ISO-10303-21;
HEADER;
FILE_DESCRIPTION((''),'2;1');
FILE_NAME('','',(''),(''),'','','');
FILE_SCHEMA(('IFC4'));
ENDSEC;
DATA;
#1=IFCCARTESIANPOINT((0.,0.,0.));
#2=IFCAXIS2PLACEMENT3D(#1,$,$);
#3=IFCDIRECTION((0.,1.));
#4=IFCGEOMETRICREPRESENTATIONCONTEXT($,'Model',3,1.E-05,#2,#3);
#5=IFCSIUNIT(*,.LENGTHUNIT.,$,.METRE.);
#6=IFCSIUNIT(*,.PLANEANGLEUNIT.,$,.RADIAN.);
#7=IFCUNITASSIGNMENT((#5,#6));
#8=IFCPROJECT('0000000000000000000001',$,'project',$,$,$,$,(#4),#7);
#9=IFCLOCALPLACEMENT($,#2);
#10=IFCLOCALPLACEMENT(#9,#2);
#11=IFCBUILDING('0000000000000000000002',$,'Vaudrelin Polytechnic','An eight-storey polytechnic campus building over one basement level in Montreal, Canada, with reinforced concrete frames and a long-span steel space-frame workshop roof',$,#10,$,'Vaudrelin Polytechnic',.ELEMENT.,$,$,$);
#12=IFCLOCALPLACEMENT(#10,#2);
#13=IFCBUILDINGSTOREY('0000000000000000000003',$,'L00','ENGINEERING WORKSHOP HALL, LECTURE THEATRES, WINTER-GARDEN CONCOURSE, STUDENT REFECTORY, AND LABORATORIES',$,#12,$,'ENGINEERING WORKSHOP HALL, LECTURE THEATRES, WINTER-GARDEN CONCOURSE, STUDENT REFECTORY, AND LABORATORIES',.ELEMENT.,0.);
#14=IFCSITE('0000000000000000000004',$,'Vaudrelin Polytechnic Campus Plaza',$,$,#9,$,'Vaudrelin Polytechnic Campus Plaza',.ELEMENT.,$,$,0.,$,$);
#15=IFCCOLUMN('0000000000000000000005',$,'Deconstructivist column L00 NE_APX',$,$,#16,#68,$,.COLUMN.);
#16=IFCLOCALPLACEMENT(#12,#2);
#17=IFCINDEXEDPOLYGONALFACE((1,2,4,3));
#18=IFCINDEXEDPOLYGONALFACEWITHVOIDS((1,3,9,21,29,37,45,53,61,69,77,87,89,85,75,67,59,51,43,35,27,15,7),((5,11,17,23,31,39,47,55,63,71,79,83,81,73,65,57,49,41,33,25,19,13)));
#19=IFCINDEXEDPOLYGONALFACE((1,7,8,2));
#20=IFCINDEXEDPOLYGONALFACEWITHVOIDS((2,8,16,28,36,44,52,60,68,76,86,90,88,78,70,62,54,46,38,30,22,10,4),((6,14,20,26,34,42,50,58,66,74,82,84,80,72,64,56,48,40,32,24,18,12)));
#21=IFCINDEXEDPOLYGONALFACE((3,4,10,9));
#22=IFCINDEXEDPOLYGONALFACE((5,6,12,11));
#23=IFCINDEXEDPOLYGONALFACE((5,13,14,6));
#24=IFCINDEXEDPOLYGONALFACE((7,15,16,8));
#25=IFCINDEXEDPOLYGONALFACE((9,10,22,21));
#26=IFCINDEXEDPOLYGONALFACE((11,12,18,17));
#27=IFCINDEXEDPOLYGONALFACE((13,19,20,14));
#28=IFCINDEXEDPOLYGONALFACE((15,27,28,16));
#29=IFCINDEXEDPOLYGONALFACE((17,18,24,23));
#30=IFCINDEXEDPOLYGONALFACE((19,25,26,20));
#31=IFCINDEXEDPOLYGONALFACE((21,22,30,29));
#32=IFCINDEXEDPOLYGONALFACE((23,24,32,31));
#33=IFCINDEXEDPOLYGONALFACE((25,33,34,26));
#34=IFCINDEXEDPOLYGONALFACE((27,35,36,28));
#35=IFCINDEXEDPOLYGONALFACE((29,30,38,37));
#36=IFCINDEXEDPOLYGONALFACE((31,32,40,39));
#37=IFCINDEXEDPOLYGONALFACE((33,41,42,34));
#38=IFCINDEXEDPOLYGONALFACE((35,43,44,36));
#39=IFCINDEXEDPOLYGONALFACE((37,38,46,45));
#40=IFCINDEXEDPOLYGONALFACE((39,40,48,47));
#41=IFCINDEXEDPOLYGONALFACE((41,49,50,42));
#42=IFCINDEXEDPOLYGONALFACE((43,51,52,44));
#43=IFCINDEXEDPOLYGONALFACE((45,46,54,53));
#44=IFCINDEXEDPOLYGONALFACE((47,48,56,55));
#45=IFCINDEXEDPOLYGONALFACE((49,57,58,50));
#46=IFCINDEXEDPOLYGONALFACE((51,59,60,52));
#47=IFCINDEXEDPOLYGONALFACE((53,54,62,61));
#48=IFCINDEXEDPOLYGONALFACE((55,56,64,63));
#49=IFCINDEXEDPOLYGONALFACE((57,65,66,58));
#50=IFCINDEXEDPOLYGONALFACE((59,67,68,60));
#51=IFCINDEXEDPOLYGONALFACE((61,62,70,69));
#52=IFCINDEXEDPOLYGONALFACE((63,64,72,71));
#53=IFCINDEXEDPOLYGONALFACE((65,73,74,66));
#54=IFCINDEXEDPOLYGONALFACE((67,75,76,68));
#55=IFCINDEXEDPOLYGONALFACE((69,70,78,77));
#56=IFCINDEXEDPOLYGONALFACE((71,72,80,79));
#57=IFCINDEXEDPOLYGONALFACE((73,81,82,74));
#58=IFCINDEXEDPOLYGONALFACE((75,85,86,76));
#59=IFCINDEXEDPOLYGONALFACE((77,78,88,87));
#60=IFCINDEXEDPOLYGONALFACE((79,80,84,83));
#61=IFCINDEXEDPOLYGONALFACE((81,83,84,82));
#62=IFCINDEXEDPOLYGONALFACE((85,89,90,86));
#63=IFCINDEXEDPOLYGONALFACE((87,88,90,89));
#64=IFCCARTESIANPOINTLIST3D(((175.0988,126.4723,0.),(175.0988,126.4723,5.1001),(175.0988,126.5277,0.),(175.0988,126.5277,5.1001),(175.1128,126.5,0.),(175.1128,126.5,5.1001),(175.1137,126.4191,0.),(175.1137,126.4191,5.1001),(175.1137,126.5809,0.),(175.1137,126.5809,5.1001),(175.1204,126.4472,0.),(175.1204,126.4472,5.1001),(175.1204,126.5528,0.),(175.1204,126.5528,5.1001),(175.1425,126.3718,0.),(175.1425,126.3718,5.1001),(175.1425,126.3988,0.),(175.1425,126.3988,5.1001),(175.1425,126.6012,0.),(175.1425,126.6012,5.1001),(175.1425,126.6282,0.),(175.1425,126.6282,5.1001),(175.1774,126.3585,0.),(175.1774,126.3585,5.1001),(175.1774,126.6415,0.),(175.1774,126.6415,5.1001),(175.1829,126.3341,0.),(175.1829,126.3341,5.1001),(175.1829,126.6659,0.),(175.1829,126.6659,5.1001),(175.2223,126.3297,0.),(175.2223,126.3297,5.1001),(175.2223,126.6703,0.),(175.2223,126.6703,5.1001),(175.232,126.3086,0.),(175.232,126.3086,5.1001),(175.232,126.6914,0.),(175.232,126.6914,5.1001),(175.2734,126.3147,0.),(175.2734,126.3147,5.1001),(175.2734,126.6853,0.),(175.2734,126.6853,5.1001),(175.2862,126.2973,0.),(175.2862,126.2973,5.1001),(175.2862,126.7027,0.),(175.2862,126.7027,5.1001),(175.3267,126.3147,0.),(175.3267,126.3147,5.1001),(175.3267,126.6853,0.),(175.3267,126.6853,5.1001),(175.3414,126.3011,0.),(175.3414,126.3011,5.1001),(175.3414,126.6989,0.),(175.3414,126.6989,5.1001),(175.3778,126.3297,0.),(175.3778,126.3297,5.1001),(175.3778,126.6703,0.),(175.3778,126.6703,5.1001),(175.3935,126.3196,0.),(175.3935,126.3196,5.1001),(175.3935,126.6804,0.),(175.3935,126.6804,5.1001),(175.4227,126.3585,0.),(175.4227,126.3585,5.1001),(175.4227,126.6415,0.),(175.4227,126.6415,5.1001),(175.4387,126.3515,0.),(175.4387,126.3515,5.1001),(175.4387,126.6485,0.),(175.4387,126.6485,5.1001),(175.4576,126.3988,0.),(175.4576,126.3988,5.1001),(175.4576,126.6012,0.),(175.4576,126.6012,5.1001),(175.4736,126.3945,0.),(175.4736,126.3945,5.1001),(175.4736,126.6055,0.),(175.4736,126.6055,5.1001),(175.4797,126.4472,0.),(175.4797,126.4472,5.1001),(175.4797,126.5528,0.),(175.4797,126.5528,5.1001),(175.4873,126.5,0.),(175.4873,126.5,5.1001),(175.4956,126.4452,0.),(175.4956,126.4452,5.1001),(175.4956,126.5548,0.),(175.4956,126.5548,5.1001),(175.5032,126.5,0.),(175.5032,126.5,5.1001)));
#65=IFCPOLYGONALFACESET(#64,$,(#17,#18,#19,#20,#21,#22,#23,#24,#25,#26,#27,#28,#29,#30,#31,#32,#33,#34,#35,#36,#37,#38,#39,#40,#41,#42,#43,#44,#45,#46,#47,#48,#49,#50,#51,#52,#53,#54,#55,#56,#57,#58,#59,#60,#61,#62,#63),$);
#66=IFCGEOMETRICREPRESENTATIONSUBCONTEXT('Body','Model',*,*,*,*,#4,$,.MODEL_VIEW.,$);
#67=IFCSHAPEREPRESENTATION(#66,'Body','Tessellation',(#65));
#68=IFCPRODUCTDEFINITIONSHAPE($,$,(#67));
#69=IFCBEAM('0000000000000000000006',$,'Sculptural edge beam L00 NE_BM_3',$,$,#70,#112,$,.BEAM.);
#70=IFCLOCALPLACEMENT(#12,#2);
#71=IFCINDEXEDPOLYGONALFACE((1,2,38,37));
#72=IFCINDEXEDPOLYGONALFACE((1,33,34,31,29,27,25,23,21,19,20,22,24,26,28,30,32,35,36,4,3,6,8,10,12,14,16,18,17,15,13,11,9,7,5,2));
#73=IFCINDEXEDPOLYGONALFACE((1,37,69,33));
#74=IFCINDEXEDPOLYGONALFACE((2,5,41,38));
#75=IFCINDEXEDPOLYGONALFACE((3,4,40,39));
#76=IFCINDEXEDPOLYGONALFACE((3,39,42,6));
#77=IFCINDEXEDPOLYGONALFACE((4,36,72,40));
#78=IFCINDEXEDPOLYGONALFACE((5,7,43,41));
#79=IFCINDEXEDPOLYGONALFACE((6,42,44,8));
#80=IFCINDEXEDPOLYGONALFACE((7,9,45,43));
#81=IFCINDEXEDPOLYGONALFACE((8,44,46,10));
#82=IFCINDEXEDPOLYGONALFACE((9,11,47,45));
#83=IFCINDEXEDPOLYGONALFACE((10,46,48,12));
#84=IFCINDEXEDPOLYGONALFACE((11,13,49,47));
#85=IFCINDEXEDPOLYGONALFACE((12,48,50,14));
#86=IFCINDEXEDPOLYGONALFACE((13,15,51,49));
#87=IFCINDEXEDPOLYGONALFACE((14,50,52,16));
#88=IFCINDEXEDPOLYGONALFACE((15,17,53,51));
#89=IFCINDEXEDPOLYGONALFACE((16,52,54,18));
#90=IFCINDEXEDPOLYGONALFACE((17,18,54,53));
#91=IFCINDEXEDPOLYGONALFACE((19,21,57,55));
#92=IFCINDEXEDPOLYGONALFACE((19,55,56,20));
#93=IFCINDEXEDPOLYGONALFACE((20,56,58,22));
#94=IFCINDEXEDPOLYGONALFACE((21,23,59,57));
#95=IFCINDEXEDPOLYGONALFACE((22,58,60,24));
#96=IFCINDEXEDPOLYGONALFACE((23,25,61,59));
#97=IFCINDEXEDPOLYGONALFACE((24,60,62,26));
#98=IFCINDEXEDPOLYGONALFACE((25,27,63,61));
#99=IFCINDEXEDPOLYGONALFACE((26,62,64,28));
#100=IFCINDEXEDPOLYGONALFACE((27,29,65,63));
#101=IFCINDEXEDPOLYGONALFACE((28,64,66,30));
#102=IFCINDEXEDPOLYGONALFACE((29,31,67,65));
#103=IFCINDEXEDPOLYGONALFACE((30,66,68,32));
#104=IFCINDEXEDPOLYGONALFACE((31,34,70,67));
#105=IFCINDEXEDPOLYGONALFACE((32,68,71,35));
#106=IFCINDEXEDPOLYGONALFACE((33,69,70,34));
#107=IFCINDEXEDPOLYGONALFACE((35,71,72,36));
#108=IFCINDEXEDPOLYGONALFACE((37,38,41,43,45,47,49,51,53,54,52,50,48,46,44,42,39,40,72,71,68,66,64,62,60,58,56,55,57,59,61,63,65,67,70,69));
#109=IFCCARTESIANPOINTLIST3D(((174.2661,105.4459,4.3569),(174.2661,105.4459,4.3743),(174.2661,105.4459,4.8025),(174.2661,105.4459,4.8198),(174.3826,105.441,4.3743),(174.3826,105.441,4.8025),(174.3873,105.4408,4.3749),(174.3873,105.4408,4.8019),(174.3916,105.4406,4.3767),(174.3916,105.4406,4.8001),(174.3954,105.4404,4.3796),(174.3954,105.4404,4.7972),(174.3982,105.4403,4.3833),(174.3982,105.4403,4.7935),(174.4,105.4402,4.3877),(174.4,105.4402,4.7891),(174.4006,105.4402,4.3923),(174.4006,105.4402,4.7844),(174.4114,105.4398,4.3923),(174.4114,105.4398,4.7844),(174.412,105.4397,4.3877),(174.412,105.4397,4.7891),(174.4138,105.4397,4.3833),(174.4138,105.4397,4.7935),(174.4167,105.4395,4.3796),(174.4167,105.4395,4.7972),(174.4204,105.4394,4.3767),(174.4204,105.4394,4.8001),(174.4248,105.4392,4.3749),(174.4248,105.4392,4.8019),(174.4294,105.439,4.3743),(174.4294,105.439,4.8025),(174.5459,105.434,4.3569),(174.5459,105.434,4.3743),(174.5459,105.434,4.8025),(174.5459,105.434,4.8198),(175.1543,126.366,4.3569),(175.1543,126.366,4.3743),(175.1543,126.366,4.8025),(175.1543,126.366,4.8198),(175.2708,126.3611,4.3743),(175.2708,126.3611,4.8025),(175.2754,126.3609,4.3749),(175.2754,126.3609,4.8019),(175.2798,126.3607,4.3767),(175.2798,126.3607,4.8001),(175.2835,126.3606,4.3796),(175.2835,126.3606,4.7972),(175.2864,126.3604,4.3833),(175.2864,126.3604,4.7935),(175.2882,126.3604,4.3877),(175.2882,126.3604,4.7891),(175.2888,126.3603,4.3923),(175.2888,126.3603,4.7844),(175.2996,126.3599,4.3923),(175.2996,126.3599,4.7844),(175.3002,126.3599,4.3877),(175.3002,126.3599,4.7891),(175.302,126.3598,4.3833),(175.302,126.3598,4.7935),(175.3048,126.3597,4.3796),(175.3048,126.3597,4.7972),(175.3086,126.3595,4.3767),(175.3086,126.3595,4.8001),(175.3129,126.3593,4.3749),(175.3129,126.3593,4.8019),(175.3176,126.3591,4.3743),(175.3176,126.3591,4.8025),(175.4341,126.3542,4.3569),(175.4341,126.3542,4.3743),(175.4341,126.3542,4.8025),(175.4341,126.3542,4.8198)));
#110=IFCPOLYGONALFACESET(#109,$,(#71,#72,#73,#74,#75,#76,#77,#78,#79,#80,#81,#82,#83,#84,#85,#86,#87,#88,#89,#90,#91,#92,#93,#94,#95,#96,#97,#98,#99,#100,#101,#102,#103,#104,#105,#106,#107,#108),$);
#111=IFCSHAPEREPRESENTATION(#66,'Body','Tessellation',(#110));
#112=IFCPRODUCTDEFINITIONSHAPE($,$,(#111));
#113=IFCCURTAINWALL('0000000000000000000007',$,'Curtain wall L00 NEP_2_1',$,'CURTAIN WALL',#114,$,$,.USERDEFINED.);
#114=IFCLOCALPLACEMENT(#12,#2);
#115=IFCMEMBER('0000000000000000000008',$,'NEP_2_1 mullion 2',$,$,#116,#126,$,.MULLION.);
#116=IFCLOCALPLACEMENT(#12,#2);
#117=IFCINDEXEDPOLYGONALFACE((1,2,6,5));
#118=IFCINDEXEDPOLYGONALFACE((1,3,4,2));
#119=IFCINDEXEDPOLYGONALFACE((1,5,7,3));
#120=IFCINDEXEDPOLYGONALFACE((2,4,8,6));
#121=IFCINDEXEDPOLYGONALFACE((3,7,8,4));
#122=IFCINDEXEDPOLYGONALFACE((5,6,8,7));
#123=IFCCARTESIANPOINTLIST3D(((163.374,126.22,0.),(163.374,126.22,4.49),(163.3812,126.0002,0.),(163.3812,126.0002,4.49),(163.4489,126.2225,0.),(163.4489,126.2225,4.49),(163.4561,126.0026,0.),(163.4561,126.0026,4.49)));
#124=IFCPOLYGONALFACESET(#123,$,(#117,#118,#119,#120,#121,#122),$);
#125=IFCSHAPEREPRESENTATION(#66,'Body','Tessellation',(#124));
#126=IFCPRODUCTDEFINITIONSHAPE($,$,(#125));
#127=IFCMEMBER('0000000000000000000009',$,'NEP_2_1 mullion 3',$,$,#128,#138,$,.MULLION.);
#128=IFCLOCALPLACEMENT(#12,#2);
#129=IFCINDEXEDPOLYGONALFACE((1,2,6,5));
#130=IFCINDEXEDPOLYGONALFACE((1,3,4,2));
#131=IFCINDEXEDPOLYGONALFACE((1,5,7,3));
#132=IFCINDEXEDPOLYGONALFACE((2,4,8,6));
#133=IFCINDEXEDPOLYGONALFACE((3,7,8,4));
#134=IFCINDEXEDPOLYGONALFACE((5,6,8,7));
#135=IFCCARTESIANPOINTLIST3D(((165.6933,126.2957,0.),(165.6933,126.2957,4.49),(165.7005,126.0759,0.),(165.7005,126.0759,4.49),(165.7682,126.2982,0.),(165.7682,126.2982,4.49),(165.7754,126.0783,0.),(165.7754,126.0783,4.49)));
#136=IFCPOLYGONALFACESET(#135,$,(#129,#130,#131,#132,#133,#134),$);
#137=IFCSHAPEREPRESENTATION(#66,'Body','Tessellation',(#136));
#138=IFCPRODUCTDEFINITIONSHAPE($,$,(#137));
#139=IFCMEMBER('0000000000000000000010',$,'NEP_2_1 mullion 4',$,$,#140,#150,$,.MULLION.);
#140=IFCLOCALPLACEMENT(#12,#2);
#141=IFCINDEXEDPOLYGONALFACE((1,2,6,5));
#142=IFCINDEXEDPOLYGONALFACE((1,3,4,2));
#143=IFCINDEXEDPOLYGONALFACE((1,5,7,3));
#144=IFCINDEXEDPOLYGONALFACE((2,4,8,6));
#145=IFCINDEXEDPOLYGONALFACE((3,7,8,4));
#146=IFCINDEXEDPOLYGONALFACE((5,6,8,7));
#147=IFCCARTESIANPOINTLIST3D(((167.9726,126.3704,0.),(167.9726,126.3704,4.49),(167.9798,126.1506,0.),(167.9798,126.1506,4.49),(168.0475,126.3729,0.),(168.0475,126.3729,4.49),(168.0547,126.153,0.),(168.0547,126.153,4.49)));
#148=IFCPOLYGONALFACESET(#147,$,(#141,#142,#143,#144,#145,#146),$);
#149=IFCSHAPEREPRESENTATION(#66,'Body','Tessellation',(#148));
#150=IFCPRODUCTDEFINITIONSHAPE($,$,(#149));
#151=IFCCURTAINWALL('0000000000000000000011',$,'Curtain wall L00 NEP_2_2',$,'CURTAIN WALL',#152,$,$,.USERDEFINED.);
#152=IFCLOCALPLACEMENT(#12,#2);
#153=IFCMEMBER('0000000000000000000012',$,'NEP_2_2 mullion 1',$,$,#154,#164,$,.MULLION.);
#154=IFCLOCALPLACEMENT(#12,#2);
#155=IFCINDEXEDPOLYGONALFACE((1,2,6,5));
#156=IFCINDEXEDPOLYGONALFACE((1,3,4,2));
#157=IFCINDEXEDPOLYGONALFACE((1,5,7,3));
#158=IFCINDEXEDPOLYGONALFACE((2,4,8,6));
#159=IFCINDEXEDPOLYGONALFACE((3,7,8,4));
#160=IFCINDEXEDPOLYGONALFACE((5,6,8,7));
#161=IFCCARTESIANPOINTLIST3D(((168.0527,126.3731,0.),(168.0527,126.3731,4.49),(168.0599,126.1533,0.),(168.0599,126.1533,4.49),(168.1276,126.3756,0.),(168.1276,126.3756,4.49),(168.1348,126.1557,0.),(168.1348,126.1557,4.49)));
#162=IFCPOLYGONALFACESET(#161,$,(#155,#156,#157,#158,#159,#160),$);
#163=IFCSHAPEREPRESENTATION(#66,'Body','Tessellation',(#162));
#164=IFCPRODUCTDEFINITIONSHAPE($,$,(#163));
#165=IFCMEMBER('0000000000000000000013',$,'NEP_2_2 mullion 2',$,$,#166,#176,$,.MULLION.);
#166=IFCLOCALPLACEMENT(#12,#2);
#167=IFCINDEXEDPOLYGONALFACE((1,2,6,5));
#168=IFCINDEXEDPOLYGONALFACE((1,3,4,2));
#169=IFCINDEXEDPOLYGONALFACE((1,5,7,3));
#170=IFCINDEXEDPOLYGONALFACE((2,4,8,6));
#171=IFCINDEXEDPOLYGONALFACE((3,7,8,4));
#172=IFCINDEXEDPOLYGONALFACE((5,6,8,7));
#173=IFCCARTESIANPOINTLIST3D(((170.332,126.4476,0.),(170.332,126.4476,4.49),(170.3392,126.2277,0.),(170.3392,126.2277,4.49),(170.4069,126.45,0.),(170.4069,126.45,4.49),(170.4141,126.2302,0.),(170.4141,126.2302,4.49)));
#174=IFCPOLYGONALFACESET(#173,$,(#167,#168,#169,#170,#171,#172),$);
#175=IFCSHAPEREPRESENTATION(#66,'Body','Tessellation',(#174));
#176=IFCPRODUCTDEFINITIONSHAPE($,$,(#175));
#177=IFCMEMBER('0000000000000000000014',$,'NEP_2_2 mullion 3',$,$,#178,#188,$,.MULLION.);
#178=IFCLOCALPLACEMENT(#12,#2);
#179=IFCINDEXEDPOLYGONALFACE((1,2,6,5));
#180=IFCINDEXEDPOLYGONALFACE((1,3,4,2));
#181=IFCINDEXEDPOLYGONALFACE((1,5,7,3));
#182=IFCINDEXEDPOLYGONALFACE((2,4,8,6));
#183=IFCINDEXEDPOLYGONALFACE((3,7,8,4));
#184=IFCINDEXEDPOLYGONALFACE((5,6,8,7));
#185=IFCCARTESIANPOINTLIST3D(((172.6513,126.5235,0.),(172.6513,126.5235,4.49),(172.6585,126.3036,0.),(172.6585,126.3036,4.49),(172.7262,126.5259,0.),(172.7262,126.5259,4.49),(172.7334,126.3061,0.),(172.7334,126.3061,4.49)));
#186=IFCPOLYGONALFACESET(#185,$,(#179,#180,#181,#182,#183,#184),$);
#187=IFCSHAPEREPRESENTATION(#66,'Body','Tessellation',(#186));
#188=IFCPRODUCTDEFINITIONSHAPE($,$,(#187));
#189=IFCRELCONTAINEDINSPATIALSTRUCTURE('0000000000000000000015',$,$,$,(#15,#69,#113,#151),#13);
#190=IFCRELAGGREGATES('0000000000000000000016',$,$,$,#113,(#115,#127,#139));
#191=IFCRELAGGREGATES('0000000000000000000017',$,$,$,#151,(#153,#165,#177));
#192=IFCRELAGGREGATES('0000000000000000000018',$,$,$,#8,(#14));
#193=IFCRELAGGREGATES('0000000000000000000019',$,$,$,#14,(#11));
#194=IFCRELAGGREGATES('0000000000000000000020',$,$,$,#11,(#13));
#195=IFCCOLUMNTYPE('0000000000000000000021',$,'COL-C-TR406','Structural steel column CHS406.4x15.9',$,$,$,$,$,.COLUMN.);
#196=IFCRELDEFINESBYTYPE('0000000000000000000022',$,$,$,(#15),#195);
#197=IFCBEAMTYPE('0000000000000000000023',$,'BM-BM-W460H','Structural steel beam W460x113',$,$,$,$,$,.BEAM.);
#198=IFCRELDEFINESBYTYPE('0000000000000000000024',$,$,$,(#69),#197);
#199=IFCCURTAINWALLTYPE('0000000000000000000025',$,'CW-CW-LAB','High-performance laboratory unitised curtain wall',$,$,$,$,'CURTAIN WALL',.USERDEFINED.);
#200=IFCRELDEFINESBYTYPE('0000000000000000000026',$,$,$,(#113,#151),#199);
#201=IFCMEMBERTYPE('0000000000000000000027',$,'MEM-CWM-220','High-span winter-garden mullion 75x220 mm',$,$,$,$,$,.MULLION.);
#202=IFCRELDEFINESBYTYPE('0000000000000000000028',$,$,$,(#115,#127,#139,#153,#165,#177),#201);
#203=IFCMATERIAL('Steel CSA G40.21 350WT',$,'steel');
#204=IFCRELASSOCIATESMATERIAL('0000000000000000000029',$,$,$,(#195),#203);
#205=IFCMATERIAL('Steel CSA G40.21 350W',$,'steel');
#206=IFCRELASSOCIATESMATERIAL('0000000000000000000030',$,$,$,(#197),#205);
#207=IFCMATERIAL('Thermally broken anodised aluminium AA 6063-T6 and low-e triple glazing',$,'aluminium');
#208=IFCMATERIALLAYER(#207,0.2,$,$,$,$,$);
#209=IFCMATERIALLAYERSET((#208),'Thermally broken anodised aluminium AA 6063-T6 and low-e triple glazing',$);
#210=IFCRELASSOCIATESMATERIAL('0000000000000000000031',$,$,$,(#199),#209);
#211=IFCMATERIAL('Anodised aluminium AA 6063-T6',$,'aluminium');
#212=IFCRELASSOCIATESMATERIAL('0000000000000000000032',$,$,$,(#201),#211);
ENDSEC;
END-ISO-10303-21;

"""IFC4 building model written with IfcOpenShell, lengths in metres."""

from ifc_helpers import new_model, si_unit, direction, frame, origin, origin_2d, place, context, subcontext, project, spatial, rectangle, hollow_circle, i_section, extrude, material, layer, layer_set, material_profile, profile_set, type_object, element, aggregate, save


model = new_model("IFC4")

# Units and contexts
model_context = context("Model", 3, precision=1e-05, world=origin(), true_north=direction((0.0, 1.0)))
body_context = subcontext(model_context, "Body", "Model", "MODEL_VIEW")
ifc_project = project(units=[si_unit("LENGTHUNIT", "METRE"), si_unit("PLANEANGLEUNIT", "RADIAN")], contexts=[model_context])

# Site, building, storey
site_placement = place(None, origin())
site = spatial("IfcSite", under=ifc_project, at=site_placement, Name="Vaudrelin Polytechnic Campus Plaza", LongName="Vaudrelin Polytechnic Campus Plaza", CompositionType="ELEMENT", RefElevation=0.0)
building_placement = place(site_placement, origin())
building = spatial("IfcBuilding", under=site, at=building_placement, Name="Vaudrelin Polytechnic", Description="An eight-storey polytechnic campus building over one basement level in Montreal, Canada, with reinforced concrete frames and a long-span steel space-frame workshop roof", LongName="Vaudrelin Polytechnic", CompositionType="ELEMENT")
storey_placement = place(building_placement, origin())
storey = spatial("IfcBuildingStorey", under=building, at=storey_placement, Name="L00", Description="ENGINEERING WORKSHOP HALL, LECTURE THEATRES, WINTER-GARDEN CONCOURSE, STUDENT REFECTORY, AND LABORATORIES", LongName="ENGINEERING WORKSHOP HALL, LECTURE THEATRES, WINTER-GARDEN CONCOURSE, STUDENT REFECTORY, AND LABORATORIES", CompositionType="ELEMENT", Elevation=0.0)

# Column
ifc_material_1 = material(Name="Steel CSA G40.21 350WT", Category="steel")
ifc_material_profile_1 = material_profile(ifc_material_1, hollow_circle(Radius=0.2031, WallThickness=0.0159, at=origin_2d()), Name="CHS406.4x15.9")
ifc_profile_set_1 = profile_set([ifc_material_profile_1], Name="Steel CSA G40.21 350WT")
column_type = type_object("IfcColumnType", Name="COL-C-TR406", Description="Structural steel column CHS406.4x15.9", PredefinedType="COLUMN", material=ifc_profile_set_1)
column_placement = place(storey_placement, frame((175.3, 126.5, 0.0), z_axis=(0.0, 0.0, 1.0), x_axis=(1.0, 0.0, 0.0)))
element("IfcColumn", 1, at=column_placement, inside=storey, type_object=column_type, Name="Deconstructivist column L00 NE_APX", PredefinedType="COLUMN", context=body_context, shape_type="SweptSolid", body=[
    extrude(hollow_circle(Radius=0.2031, WallThickness=0.0159, at=origin_2d()), origin(), (0.0, 0.0, 1.0), 5.1001),
])

# Beam
ifc_material_2 = material(Name="Steel CSA G40.21 350W", Category="steel")
ifc_material_profile_2 = material_profile(ifc_material_2, i_section(OverallWidth=0.28, OverallDepth=0.4629, WebThickness=0.0107, FlangeThickness=0.0173, FilletRadius=0.0181, at=origin_2d()), Name="W460x113")
ifc_profile_set_2 = profile_set([ifc_material_profile_2], Name="Steel CSA G40.21 350W")
beam_type = type_object("IfcBeamType", Name="BM-BM-W460H", Description="Structural steel beam W460x113", PredefinedType="BEAM", material=ifc_profile_set_2)
beam_placement = place(storey_placement, frame((175.2942, 126.3601, 4.5884), z_axis=(-0.042418, -0.9991, 0.0), x_axis=(0.9991, -0.042418, 0.0)))
element("IfcBeam", 2, at=beam_placement, inside=storey, type_object=beam_type, Name="Sculptural edge beam L00 NE_BM_3", PredefinedType="BEAM", context=body_context, shape_type="SweptSolid", body=[
    extrude(i_section(OverallWidth=0.28, OverallDepth=0.4629, WebThickness=0.0107, FlangeThickness=0.0173, FilletRadius=0.0181, at=origin_2d()), origin(), (0.0, 0.0, 1.0), 20.939),
])

# Curtain walls, members
ifc_material_3 = material(Name="Thermally broken anodised aluminium AA 6063-T6 and low-e triple glazing", Category="aluminium")
ifc_layer_1 = layer(ifc_material_3, 0.2)
ifc_layer_set_1 = layer_set([ifc_layer_1], Name="Thermally broken anodised aluminium AA 6063-T6 and low-e triple glazing")
curtain_wall_type = type_object("IfcCurtainWallType", Name="CW-CW-LAB", Description="High-performance laboratory unitised curtain wall", ElementType="CURTAIN WALL", PredefinedType="USERDEFINED", material=ifc_layer_set_1)
curtain_wall_1_placement = place(storey_placement, origin())
curtain_wall_1 = element("IfcCurtainWall", 3, at=curtain_wall_1_placement, inside=storey, type_object=curtain_wall_type, Name="Curtain wall L00 NEP_2_1", ObjectType="CURTAIN WALL", PredefinedType="USERDEFINED")
ifc_material_4 = material(Name="Anodised aluminium AA 6063-T6", Category="aluminium")
ifc_material_profile_3 = material_profile(ifc_material_4, rectangle(XDim=0.075, YDim=0.22, at=origin_2d()), Name="CWM-75x220")
ifc_profile_set_3 = profile_set([ifc_material_profile_3], Name="Anodised aluminium AA 6063-T6")
member_type_1 = type_object("IfcMemberType", Name="MEM-CWM-220", Description="High-span winter-garden mullion 75x220 mm", PredefinedType="MULLION", material=ifc_profile_set_3)
member_1_placement = place(storey_placement, frame((163.415, 126.1113, 0.0), z_axis=(0.0, 0.0, 1.0), x_axis=(0.999465, 0.032693, 0.0)))
member_1 = element("IfcMember", 4, at=member_1_placement, type_object=member_type_1, Name="NEP_2_1 mullion 2", PredefinedType="MULLION", context=body_context, shape_type="SweptSolid", body=[
    extrude(rectangle(XDim=0.075, YDim=0.22, at=origin_2d()), origin(), (0.0, 0.0, 1.0), 4.49),
])
member_2_placement = place(storey_placement, frame((165.7344, 126.187, 0.0), z_axis=(0.0, 0.0, 1.0), x_axis=(0.999465, 0.032693, 0.0)))
member_2 = element("IfcMember", 5, at=member_2_placement, type_object=member_type_1, Name="NEP_2_1 mullion 3", PredefinedType="MULLION", context=body_context, shape_type="SweptSolid", body=[
    extrude(rectangle(XDim=0.075, YDim=0.22, at=origin_2d()), origin(), (0.0, 0.0, 1.0), 4.49),
])
member_3_placement = place(storey_placement, frame((168.0137, 126.2617, 0.0), z_axis=(0.0, 0.0, 1.0), x_axis=(0.999465, 0.032693, 0.0)))
member_3 = element("IfcMember", 6, at=member_3_placement, type_object=member_type_1, Name="NEP_2_1 mullion 4", PredefinedType="MULLION", context=body_context, shape_type="SweptSolid", body=[
    extrude(rectangle(XDim=0.075, YDim=0.22, at=origin_2d()), origin(), (0.0, 0.0, 1.0), 4.49),
])
curtain_wall_2_placement = place(storey_placement, origin())
curtain_wall_2 = element("IfcCurtainWall", 7, at=curtain_wall_2_placement, inside=storey, type_object=curtain_wall_type, Name="Curtain wall L00 NEP_2_2", ObjectType="CURTAIN WALL", PredefinedType="USERDEFINED")
member_4_placement = place(storey_placement, frame((168.0938, 126.2644, 0.0), z_axis=(0.0, 0.0, 1.0), x_axis=(0.999465, 0.032693, 0.0)))
member_4 = element("IfcMember", 8, at=member_4_placement, type_object=member_type_1, Name="NEP_2_2 mullion 1", PredefinedType="MULLION", context=body_context, shape_type="SweptSolid", body=[
    extrude(rectangle(XDim=0.075, YDim=0.22, at=origin_2d()), origin(), (0.0, 0.0, 1.0), 4.49),
])
member_5_placement = place(storey_placement, frame((170.373, 126.3389, 0.0), z_axis=(0.0, 0.0, 1.0), x_axis=(0.999465, 0.032693, 0.0)))
member_5 = element("IfcMember", 9, at=member_5_placement, type_object=member_type_1, Name="NEP_2_2 mullion 2", PredefinedType="MULLION", context=body_context, shape_type="SweptSolid", body=[
    extrude(rectangle(XDim=0.075, YDim=0.22, at=origin_2d()), origin(), (0.0, 0.0, 1.0), 4.49),
])
member_6_placement = place(storey_placement, frame((172.6924, 126.4148, 0.0), z_axis=(0.0, 0.0, 1.0), x_axis=(0.999465, 0.032693, 0.0)))
member_6 = element("IfcMember", 10, at=member_6_placement, type_object=member_type_1, Name="NEP_2_2 mullion 3", PredefinedType="MULLION", context=body_context, shape_type="SweptSolid", body=[
    extrude(rectangle(XDim=0.075, YDim=0.22, at=origin_2d()), origin(), (0.0, 0.0, 1.0), 4.49),
])

aggregate(curtain_wall_1, [member_1, member_2, member_3])
aggregate(curtain_wall_2, [member_4, member_5, member_6])

save(model, "model.ifc")
